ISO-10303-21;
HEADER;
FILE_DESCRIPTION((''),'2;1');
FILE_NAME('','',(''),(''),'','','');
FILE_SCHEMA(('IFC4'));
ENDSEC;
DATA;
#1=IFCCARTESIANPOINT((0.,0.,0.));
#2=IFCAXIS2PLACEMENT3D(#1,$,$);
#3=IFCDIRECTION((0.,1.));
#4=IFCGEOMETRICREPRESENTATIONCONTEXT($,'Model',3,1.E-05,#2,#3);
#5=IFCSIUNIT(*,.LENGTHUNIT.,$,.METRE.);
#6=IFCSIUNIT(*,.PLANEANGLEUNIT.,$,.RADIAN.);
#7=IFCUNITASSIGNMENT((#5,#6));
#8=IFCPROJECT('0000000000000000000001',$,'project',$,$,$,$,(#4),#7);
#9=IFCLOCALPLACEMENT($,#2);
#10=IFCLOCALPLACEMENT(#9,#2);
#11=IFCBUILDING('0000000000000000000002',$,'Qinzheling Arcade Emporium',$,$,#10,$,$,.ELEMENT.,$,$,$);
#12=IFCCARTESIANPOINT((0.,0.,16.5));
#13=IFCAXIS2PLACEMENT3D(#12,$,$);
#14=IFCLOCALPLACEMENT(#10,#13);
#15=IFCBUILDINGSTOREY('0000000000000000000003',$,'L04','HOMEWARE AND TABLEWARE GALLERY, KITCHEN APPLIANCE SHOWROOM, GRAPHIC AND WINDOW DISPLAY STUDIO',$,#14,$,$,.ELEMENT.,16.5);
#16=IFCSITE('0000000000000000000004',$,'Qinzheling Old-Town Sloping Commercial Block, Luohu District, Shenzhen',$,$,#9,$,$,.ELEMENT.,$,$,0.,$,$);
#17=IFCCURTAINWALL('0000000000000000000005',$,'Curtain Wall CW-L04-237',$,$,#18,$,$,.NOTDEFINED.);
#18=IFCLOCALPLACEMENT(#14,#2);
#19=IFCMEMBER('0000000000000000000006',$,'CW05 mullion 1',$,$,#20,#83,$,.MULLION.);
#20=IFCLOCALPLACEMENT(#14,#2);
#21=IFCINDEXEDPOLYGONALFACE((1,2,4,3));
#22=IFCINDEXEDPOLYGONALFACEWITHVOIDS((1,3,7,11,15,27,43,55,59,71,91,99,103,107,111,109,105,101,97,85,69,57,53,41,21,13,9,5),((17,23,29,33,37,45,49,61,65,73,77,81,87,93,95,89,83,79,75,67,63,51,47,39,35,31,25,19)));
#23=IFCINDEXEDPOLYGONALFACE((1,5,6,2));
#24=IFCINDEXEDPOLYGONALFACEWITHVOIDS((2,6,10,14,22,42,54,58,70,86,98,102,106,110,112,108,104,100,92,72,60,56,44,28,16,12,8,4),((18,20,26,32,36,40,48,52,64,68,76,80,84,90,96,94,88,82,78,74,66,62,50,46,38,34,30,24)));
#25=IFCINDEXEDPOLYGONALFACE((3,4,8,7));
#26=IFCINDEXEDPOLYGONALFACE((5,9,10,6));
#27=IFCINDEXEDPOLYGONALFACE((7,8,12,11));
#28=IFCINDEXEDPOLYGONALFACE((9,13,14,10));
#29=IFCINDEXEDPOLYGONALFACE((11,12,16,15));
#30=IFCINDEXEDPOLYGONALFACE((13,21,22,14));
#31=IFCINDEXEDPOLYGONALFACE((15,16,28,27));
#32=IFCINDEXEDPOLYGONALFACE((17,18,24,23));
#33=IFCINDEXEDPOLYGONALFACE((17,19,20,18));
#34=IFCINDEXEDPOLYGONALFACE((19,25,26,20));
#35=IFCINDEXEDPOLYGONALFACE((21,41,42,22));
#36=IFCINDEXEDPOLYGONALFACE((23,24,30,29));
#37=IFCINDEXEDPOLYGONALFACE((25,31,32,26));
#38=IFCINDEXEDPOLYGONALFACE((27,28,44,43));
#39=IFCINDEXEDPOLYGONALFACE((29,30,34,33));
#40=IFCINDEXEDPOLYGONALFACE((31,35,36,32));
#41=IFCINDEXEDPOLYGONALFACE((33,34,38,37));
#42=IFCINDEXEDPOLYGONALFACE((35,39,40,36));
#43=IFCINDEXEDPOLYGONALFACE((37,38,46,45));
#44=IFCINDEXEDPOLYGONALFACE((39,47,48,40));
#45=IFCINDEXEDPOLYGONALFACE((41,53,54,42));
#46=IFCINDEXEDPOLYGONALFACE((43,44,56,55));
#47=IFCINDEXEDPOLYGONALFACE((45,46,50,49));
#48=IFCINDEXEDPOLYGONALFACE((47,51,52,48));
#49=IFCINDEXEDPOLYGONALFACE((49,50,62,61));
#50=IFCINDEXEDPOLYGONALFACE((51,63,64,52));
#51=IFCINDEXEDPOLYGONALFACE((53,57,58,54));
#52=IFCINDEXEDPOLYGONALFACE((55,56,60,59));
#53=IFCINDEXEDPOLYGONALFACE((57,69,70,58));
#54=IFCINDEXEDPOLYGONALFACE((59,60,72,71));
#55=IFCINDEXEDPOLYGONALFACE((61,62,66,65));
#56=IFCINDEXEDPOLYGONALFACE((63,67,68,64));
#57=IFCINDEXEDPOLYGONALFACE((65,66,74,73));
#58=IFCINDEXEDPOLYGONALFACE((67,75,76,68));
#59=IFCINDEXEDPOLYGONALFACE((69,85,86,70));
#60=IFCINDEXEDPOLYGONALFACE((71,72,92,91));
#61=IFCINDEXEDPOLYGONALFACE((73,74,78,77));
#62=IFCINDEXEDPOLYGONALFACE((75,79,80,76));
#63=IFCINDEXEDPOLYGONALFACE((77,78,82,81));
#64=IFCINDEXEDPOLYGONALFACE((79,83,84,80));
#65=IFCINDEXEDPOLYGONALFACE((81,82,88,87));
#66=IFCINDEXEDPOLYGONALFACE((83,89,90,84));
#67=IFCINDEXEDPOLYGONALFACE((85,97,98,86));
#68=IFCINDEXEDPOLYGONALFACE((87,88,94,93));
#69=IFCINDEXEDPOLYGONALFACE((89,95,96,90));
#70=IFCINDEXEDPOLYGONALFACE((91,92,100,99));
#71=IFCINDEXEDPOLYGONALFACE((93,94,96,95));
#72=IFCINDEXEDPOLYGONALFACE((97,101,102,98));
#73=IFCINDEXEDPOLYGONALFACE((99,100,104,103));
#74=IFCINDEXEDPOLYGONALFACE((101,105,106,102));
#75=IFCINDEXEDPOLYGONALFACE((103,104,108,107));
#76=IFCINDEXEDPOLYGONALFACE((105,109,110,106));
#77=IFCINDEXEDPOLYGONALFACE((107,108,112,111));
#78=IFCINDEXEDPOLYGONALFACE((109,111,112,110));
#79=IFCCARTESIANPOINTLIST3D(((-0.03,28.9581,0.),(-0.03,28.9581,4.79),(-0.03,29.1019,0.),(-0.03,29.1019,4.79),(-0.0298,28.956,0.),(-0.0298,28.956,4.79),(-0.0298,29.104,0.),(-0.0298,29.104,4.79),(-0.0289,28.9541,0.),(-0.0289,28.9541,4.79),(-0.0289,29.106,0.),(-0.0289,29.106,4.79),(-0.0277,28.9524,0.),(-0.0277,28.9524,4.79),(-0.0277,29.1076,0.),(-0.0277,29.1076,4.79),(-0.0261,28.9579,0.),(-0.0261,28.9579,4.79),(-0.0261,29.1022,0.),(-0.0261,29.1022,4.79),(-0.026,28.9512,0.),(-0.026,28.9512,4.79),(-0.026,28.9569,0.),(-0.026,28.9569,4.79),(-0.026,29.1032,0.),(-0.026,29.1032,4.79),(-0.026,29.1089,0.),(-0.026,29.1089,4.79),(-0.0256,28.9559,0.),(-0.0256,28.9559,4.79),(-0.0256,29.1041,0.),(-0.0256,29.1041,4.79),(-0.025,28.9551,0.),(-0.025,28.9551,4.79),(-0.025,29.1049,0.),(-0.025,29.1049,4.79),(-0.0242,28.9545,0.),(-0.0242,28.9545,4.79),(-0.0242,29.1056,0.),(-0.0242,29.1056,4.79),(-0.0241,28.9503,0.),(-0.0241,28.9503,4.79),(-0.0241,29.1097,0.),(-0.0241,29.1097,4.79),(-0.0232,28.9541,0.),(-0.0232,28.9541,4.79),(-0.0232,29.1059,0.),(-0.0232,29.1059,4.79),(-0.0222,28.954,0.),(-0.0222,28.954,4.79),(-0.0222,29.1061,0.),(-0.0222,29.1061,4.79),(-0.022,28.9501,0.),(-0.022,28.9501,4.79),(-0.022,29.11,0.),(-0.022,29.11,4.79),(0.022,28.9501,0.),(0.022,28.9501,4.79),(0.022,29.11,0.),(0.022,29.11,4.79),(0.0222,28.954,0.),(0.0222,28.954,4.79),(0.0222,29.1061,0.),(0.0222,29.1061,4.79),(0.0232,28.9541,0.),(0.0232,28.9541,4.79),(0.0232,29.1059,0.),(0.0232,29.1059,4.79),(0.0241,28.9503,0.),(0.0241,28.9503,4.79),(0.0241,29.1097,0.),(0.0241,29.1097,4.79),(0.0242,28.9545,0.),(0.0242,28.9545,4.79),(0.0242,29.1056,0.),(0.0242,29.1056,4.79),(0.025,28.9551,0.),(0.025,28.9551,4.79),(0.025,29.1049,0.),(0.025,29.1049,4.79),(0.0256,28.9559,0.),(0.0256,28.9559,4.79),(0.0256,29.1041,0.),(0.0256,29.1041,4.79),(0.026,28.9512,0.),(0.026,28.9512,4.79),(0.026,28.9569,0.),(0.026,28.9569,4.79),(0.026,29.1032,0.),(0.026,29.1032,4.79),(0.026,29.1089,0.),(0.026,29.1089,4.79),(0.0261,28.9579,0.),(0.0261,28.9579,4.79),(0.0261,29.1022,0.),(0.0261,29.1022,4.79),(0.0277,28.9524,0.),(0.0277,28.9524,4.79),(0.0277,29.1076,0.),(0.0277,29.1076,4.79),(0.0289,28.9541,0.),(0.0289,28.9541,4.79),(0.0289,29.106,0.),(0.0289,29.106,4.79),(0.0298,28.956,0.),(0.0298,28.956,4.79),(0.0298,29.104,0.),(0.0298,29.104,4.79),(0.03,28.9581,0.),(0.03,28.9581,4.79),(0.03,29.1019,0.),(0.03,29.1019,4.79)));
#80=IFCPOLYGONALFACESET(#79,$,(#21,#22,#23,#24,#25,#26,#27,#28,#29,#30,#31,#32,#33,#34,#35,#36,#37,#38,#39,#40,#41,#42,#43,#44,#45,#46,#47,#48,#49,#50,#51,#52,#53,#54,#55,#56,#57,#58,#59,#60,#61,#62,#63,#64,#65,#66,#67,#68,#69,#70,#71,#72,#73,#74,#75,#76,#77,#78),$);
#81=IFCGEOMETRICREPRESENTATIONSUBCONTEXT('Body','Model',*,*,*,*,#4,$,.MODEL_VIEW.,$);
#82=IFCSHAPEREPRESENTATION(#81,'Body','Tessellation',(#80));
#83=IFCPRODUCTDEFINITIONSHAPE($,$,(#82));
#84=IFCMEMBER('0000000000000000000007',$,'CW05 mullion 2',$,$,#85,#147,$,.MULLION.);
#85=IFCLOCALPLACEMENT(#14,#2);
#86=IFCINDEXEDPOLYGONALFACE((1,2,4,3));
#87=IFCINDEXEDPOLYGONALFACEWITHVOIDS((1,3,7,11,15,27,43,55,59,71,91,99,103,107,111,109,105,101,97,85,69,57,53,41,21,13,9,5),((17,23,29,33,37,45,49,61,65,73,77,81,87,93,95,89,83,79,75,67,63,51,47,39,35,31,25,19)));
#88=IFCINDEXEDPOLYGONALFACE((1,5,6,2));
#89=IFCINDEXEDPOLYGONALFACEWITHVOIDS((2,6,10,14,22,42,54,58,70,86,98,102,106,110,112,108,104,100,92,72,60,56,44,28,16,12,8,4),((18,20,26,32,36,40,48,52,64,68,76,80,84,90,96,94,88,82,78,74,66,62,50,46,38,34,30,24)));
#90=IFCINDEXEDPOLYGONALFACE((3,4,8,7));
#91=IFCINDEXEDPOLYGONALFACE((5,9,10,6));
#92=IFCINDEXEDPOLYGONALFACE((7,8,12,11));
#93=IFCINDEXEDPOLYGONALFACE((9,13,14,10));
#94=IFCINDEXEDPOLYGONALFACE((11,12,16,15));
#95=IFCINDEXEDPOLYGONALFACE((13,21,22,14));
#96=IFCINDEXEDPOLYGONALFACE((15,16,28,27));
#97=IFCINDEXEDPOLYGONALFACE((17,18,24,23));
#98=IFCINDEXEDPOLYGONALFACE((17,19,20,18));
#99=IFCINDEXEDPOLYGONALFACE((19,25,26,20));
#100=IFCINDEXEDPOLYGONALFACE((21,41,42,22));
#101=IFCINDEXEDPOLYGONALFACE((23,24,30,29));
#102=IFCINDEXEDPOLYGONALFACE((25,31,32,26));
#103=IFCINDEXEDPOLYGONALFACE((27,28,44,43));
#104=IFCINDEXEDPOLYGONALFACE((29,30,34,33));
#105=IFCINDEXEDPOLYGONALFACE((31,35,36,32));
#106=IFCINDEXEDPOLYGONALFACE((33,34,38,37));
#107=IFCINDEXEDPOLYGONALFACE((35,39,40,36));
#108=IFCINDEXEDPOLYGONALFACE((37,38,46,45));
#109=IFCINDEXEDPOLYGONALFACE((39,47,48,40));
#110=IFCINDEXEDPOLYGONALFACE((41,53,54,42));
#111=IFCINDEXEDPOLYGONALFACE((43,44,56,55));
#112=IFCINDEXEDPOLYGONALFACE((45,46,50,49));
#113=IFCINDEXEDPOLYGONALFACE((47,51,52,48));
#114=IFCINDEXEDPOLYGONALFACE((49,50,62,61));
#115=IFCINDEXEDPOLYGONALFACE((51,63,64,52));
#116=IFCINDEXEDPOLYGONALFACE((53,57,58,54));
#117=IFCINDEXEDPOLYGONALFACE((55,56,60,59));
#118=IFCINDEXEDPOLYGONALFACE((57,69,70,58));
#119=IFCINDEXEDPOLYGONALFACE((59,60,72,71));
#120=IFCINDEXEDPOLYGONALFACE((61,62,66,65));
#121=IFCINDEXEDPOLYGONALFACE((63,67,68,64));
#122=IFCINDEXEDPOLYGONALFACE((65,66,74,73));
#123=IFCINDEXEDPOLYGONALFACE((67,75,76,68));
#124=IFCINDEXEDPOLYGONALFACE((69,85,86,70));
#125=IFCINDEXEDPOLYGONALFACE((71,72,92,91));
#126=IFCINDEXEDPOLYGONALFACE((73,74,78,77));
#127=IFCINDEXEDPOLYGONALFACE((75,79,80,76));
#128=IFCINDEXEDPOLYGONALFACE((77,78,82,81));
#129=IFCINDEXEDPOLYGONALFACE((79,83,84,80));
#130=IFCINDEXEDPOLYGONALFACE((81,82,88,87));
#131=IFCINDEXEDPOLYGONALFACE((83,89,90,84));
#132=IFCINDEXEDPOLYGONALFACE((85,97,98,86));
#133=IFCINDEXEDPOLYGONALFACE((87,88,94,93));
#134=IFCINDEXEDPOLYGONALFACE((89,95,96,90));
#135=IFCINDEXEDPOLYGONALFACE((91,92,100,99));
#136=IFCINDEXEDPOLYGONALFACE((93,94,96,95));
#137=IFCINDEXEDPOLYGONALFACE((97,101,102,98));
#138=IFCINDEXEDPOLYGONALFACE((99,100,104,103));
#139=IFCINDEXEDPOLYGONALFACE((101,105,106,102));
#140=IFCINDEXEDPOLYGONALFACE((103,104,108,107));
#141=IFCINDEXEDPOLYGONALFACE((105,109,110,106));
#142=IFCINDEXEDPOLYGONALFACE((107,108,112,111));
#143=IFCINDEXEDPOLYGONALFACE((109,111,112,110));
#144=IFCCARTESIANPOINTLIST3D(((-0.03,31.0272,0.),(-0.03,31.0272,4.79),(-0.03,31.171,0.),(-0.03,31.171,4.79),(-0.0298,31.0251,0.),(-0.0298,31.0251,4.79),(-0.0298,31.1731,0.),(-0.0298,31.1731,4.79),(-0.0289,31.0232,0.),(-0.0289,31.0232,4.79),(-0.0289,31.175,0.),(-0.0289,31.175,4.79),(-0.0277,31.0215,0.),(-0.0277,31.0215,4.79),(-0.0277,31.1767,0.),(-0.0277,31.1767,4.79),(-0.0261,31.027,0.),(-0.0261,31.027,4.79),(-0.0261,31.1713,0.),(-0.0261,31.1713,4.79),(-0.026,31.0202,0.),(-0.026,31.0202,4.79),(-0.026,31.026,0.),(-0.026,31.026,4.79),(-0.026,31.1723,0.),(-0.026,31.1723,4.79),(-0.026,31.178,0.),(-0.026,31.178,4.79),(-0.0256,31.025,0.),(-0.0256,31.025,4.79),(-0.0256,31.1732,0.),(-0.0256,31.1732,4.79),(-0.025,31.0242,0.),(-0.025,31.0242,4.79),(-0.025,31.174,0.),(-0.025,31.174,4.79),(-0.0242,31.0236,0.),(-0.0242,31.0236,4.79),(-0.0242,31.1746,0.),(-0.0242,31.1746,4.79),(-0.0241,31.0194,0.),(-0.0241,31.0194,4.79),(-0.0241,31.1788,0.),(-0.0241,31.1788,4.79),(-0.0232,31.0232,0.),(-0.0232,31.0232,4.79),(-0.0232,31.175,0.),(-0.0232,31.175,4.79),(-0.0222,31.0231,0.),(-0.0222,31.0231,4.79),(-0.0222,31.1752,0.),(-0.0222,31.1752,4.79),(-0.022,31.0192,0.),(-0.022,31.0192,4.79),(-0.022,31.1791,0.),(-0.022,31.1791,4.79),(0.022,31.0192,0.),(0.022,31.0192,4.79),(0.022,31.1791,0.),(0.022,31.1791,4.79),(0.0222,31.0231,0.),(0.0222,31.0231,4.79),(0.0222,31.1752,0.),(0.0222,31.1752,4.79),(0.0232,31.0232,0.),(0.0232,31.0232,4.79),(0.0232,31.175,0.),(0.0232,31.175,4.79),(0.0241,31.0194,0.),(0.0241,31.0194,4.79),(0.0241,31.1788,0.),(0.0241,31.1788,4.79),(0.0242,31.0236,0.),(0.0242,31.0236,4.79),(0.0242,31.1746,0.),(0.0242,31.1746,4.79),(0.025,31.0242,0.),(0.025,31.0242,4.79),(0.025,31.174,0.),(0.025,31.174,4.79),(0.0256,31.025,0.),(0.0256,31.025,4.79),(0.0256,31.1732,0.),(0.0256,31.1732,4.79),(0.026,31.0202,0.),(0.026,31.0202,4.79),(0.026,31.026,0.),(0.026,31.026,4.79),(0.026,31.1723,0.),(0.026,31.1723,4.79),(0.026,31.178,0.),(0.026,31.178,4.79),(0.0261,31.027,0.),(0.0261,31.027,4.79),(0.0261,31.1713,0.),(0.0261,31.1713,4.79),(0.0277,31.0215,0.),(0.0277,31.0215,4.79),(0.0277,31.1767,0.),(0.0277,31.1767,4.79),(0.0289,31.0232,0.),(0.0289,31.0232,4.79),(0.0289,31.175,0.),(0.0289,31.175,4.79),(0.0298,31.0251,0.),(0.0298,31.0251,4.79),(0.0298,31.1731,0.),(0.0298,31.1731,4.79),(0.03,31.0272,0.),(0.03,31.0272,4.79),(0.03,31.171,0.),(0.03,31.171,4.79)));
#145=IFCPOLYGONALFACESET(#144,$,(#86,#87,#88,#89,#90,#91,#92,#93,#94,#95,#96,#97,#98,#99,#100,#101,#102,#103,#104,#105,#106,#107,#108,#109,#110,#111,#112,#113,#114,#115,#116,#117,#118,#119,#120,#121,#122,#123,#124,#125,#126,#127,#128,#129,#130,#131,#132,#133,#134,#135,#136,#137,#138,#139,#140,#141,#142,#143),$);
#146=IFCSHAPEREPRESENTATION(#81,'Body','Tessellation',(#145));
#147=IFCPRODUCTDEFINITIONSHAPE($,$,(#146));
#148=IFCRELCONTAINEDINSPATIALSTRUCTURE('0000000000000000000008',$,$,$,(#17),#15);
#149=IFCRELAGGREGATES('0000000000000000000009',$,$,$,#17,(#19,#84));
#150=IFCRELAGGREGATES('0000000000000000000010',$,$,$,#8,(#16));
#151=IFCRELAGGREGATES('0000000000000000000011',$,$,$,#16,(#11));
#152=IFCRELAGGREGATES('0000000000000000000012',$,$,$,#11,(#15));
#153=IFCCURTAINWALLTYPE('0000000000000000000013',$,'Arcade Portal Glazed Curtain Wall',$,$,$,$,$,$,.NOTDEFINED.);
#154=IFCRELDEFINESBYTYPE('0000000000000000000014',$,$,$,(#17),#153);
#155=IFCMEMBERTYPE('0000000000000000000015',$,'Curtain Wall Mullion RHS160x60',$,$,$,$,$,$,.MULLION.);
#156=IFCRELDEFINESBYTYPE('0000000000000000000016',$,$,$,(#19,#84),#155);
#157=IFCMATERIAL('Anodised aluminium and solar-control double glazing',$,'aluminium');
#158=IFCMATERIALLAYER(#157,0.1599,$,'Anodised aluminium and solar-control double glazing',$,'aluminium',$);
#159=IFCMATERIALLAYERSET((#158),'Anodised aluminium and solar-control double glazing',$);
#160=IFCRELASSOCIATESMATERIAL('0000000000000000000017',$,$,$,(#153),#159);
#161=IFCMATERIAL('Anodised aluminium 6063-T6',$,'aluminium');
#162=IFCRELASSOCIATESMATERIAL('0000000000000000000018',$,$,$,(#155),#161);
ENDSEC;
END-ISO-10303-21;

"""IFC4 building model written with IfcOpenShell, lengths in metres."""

from ifc_helpers import new_model, si_unit, direction, frame, origin, origin_2d, place, context, subcontext, project, spatial, hollow_rectangle, extrude, material, layer, layer_set, material_profile, profile_set, type_object, element, aggregate, save


model = new_model("IFC4")

# Units and contexts
model_context = context("Model", 3, precision=1e-05, world=origin(), true_north=direction((0.0, 1.0)))
body_context = subcontext(model_context, "Body", "Model", "MODEL_VIEW")
ifc_project = project(units=[si_unit("LENGTHUNIT", "METRE"), si_unit("PLANEANGLEUNIT", "RADIAN")], contexts=[model_context])

# Site, building, storey
site_placement = place(None, origin())
site = spatial("IfcSite", under=ifc_project, at=site_placement, Name="Qinzheling Old-Town Sloping Commercial Block, Luohu District, Shenzhen", CompositionType="ELEMENT", RefElevation=0.0)
building_placement = place(site_placement, origin())
building = spatial("IfcBuilding", under=site, at=building_placement, Name="Qinzheling Arcade Emporium", CompositionType="ELEMENT")
storey_placement = place(building_placement, frame((0.0, 0.0, 16.5)))
storey = spatial("IfcBuildingStorey", under=building, at=storey_placement, Name="L04", Description="HOMEWARE AND TABLEWARE GALLERY, KITCHEN APPLIANCE SHOWROOM, GRAPHIC AND WINDOW DISPLAY STUDIO", CompositionType="ELEMENT", Elevation=16.5)

# Shared definitions
ifc_material_1 = material(Name="Anodised aluminium and solar-control double glazing", Category="aluminium")
ifc_layer_1 = layer(ifc_material_1, 0.1599, Name="Anodised aluminium and solar-control double glazing", Category="aluminium")
ifc_layer_set_1 = layer_set([ifc_layer_1], Name="Anodised aluminium and solar-control double glazing")
curtain_wall_type = type_object("IfcCurtainWallType", Name="Arcade Portal Glazed Curtain Wall", PredefinedType="NOTDEFINED", material=ifc_layer_set_1)
ifc_material_2 = material(Name="Anodised aluminium 6063-T6", Category="aluminium")
ifc_material_profile_1 = material_profile(ifc_material_2, hollow_rectangle(XDim=0.0601, YDim=0.1599, WallThickness=0.0039, InnerFilletRadius=0.0039, OuterFilletRadius=0.0081, at=origin_2d()), Name="RHS 160x60x4", Category="aluminium")
ifc_profile_set_1 = profile_set([ifc_material_profile_1], Name="Anodised aluminium 6063-T6")
member_type_1 = type_object("IfcMemberType", Name="Curtain Wall Mullion RHS160x60", PredefinedType="MULLION", material=ifc_profile_set_1)

# Curtain wall, members
curtain_wall_1_placement = place(storey_placement, origin())
curtain_wall_1 = element("IfcCurtainWall", 1, at=curtain_wall_1_placement, inside=storey, type_object=curtain_wall_type, Name="Curtain Wall CW-L04-237", PredefinedType="NOTDEFINED")
member_1_placement = place(storey_placement, frame((0.0, 29.03, 0.0), z_axis=(0.0, 0.0, 1.0), x_axis=(-1.0, 0.0, 0.0)))
member_1 = element("IfcMember", 2, at=member_1_placement, type_object=member_type_1, Name="CW05 mullion 1", PredefinedType="MULLION", context=body_context, shape_type="SweptSolid", body=[
    extrude(hollow_rectangle(XDim=0.0601, YDim=0.1599, WallThickness=0.0039, InnerFilletRadius=0.0039, OuterFilletRadius=0.0081, at=origin_2d()), origin(), (0.0, 0.0, 1.0), 4.79),
])
member_2_placement = place(storey_placement, frame((0.0, 31.0991, 0.0), z_axis=(0.0, 0.0, 1.0), x_axis=(-1.0, 0.0, 0.0)))
member_2 = element("IfcMember", 3, at=member_2_placement, type_object=member_type_1, Name="CW05 mullion 2", PredefinedType="MULLION", context=body_context, shape_type="SweptSolid", body=[
    extrude(hollow_rectangle(XDim=0.0601, YDim=0.1599, WallThickness=0.0039, InnerFilletRadius=0.0039, OuterFilletRadius=0.0081, at=origin_2d()), origin(), (0.0, 0.0, 1.0), 4.79),
])

aggregate(curtain_wall_1, [member_1, member_2])

save(model, "model.ifc")
